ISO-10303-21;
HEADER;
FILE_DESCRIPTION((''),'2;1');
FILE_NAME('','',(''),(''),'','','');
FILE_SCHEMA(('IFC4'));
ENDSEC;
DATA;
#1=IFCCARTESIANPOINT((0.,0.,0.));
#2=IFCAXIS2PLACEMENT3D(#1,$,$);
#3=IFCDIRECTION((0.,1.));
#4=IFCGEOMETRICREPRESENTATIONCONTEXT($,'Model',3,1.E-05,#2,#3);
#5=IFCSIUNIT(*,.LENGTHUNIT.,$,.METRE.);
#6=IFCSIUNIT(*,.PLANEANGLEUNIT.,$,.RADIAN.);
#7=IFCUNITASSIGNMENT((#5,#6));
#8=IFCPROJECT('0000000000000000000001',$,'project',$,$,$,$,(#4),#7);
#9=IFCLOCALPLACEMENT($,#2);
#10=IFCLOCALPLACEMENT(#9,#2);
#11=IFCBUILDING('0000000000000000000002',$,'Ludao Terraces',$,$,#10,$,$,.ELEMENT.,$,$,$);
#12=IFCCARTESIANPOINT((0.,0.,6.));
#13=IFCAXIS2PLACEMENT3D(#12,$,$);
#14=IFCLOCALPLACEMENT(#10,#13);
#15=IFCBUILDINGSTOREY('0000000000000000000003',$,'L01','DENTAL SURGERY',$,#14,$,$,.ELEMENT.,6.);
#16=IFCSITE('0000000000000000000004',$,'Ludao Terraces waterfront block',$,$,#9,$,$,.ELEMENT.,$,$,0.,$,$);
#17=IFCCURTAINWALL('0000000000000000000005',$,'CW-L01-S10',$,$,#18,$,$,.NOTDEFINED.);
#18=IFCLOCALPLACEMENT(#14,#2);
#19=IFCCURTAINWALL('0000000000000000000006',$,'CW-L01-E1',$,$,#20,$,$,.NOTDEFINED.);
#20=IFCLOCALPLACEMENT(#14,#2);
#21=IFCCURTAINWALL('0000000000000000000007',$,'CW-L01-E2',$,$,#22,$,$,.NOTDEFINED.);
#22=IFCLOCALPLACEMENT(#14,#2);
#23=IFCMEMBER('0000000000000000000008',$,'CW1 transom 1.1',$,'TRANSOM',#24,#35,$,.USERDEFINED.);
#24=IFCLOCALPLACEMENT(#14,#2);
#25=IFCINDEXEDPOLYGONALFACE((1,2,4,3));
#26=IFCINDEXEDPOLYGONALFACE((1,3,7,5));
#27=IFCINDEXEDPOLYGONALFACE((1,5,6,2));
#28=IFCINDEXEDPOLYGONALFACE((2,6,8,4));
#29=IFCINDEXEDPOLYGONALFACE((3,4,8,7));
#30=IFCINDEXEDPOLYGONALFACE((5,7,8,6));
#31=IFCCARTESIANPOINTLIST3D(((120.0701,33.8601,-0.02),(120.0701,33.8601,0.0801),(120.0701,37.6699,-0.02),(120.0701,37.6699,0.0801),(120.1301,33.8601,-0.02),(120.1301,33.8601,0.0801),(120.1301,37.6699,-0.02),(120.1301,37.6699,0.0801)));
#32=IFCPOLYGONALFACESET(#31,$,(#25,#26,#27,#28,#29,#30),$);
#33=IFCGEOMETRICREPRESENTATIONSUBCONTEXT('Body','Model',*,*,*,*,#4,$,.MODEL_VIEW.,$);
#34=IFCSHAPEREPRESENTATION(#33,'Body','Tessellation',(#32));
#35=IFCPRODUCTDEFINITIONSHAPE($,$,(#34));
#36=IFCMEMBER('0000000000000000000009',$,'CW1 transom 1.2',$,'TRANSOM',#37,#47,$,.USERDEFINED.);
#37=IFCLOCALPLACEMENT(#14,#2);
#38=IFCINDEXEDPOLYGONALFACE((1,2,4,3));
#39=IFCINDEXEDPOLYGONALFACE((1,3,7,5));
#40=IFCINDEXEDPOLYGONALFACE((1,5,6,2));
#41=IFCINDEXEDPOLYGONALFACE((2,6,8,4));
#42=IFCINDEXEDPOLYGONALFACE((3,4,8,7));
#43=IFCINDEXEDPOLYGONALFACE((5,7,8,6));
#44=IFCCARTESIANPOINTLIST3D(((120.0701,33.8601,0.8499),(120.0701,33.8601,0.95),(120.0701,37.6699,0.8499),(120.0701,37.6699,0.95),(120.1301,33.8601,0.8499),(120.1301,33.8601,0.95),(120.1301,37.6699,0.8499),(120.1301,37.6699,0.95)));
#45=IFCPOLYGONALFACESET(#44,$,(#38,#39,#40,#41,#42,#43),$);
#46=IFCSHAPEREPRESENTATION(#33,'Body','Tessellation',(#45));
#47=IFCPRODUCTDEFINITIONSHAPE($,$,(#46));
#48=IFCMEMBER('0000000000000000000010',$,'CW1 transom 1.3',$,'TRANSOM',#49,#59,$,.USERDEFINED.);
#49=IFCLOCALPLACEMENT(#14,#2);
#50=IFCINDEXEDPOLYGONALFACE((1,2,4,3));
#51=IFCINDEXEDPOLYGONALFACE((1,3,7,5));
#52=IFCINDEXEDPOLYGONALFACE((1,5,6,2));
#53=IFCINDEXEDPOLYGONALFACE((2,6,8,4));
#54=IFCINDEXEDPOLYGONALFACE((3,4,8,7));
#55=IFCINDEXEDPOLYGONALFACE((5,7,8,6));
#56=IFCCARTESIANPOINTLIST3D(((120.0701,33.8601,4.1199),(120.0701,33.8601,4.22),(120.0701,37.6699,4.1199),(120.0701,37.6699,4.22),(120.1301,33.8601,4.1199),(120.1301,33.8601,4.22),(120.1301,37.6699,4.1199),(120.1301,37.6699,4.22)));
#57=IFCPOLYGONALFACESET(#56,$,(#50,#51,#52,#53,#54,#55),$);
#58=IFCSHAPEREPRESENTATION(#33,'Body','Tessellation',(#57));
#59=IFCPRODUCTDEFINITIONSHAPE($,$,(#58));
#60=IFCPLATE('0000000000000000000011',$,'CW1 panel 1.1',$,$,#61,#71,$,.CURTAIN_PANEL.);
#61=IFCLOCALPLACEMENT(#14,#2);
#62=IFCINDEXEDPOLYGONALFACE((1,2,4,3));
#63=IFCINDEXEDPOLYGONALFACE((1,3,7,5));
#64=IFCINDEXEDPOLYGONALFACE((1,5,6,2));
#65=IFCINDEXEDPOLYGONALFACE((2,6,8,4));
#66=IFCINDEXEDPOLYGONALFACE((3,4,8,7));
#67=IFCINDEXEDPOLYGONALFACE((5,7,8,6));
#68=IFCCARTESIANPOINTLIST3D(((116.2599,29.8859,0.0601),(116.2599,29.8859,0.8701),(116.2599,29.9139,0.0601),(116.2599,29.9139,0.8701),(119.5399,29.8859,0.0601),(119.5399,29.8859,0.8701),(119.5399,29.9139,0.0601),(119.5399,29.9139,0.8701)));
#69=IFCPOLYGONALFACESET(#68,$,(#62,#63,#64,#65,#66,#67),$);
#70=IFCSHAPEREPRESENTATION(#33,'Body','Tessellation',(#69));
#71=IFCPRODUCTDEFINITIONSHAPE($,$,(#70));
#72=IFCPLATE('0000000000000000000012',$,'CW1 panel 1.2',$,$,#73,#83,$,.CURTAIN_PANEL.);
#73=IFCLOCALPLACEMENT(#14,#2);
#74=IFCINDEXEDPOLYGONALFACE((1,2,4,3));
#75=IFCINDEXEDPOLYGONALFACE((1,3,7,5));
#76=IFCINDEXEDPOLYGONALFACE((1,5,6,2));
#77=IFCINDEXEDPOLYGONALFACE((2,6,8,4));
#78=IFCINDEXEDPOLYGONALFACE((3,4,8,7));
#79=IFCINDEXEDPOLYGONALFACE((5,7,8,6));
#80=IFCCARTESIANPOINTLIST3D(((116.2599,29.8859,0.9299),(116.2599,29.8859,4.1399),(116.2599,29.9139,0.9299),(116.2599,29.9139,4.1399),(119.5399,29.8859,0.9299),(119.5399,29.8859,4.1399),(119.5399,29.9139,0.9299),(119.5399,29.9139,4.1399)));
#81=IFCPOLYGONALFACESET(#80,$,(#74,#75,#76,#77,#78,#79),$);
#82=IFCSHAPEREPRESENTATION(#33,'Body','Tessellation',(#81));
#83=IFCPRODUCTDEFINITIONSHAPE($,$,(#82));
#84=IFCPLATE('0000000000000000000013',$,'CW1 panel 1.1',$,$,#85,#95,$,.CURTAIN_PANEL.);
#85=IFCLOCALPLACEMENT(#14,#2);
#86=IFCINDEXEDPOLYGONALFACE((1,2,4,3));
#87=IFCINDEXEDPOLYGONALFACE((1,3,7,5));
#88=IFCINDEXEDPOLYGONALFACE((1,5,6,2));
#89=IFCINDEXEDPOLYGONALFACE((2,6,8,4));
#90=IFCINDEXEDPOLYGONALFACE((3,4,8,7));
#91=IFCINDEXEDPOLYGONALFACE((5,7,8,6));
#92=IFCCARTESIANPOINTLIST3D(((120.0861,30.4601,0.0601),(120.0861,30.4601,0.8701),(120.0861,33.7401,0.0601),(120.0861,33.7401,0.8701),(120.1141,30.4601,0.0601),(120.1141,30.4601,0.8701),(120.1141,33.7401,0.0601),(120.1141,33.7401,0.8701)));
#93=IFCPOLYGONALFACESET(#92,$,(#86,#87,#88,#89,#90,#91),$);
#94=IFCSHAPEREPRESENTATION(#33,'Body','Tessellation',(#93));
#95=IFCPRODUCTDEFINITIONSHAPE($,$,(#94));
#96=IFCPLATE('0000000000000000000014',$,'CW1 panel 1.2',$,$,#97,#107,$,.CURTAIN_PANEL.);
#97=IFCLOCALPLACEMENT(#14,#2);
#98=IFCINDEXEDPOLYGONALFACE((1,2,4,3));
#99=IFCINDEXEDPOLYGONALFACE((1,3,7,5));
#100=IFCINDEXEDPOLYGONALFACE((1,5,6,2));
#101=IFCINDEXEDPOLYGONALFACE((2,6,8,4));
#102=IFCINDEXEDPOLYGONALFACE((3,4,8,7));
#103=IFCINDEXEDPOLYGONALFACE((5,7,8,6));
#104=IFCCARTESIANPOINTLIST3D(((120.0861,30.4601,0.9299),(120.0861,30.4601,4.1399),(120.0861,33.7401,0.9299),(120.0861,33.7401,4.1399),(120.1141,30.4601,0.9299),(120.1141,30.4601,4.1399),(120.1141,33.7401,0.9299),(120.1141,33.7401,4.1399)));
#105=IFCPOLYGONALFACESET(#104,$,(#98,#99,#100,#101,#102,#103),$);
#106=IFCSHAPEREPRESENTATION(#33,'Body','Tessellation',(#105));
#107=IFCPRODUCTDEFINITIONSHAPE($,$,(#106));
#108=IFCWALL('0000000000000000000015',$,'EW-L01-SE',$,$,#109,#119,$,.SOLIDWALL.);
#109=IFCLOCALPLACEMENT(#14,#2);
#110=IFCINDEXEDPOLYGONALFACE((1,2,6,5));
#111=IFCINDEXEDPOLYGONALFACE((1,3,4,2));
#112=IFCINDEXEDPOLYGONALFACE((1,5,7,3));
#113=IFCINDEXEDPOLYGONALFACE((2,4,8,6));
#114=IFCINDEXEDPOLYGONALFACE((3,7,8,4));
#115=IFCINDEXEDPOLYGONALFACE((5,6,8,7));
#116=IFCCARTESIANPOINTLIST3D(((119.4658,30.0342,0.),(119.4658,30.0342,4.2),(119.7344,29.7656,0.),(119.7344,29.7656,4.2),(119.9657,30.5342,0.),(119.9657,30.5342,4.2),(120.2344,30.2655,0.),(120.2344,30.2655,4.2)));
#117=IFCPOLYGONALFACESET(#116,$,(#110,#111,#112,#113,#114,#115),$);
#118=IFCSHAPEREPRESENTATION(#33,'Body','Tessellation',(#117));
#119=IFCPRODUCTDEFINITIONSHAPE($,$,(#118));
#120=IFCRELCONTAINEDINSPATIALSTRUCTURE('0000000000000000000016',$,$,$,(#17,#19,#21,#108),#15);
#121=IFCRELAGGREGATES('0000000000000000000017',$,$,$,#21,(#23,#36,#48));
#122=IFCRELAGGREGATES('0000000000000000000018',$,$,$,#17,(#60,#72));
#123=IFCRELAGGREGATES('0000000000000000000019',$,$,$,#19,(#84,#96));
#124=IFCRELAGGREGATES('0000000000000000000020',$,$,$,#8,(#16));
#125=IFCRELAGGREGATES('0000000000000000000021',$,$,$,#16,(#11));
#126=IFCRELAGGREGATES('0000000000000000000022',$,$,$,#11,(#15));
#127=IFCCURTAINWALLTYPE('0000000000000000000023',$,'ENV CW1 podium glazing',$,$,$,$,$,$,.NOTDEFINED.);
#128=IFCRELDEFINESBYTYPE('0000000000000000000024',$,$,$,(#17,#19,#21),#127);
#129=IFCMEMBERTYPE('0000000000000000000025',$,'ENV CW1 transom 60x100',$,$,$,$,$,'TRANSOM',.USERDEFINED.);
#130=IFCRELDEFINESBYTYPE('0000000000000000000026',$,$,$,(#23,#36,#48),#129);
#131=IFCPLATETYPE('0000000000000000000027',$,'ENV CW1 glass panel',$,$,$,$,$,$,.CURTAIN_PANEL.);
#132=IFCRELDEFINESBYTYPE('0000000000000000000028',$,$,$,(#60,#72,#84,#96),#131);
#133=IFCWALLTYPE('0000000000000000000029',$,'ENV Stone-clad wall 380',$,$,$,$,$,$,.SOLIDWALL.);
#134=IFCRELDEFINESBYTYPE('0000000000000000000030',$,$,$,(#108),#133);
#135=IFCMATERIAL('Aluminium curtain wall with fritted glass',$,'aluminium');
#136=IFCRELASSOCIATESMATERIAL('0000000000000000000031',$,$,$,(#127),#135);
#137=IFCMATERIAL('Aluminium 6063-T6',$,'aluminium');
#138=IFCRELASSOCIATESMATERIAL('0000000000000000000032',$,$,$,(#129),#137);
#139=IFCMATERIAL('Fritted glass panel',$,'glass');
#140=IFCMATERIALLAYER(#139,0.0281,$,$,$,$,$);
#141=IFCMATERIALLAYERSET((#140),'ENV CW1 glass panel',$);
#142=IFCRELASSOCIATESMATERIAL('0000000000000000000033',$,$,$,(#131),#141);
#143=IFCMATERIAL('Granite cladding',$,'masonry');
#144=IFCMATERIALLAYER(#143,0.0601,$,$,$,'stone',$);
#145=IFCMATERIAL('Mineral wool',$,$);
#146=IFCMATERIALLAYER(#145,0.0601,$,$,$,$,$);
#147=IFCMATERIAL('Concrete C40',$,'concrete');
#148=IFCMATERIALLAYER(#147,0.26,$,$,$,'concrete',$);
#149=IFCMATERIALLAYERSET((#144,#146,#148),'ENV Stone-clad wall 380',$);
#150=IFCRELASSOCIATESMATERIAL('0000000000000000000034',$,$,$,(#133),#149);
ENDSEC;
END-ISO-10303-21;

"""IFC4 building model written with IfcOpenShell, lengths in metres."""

from ifc_helpers import new_model, si_unit, direction, frame, frame_2d, origin, origin_2d, place, context, subcontext, project, spatial, rectangle, extrude, material, layer, layer_set, material_profile, profile_set, type_object, element, aggregate, save


model = new_model("IFC4")

# Units and contexts
model_context = context("Model", 3, precision=1e-05, world=origin(), true_north=direction((0.0, 1.0)))
body_context = subcontext(model_context, "Body", "Model", "MODEL_VIEW")
ifc_project = project(units=[si_unit("LENGTHUNIT", "METRE"), si_unit("PLANEANGLEUNIT", "RADIAN")], contexts=[model_context])

# Site, building, storey
site_placement = place(None, origin())
site = spatial("IfcSite", under=ifc_project, at=site_placement, Name="Ludao Terraces waterfront block", CompositionType="ELEMENT", RefElevation=0.0)
building_placement = place(site_placement, origin())
building = spatial("IfcBuilding", under=site, at=building_placement, Name="Ludao Terraces", CompositionType="ELEMENT")
storey_placement = place(building_placement, frame((0.0, 0.0, 6.0)))
storey = spatial("IfcBuildingStorey", under=building, at=storey_placement, Name="L01", Description="DENTAL SURGERY", CompositionType="ELEMENT", Elevation=6.0)

# Curtain wall
ifc_material_1 = material(Name="Aluminium curtain wall with fritted glass", Category="aluminium")
curtain_wall_type = type_object("IfcCurtainWallType", Name="ENV CW1 podium glazing", PredefinedType="NOTDEFINED", material=ifc_material_1)
curtain_wall_1_placement = place(storey_placement, origin())
curtain_wall_1 = element("IfcCurtainWall", 1, at=curtain_wall_1_placement, inside=storey, type_object=curtain_wall_type, Name="CW-L01-S10", PredefinedType="NOTDEFINED")
ifc_material_2 = material(Name="Aluminium 6063-T6", Category="aluminium")

# Curtain wall
curtain_wall_2_placement = place(storey_placement, origin())
curtain_wall_2 = element("IfcCurtainWall", 2, at=curtain_wall_2_placement, inside=storey, type_object=curtain_wall_type, Name="CW-L01-E1", PredefinedType="NOTDEFINED")

# Curtain wall
curtain_wall_3_placement = place(storey_placement, origin())
curtain_wall_3 = element("IfcCurtainWall", 3, at=curtain_wall_3_placement, inside=storey, type_object=curtain_wall_type, Name="CW-L01-E2", PredefinedType="NOTDEFINED")

# Members
ifc_material_profile_1 = material_profile(ifc_material_2, rectangle(XDim=0.0601, YDim=0.1001, at=origin_2d()), Name="60 X 100")
ifc_profile_set_1 = profile_set([ifc_material_profile_1], Name="Aluminium 6063-T6")
member_type_1 = type_object("IfcMemberType", Name="ENV CW1 transom 60x100", ElementType="TRANSOM", PredefinedType="USERDEFINED", material=ifc_profile_set_1)
member_1_placement = place(storey_placement, frame((120.1001, 33.8601, 0.03), z_axis=(0.0, 1.0, 0.0), x_axis=(-1.0, 0.0, 0.0)))
member_1 = element("IfcMember", 4, at=member_1_placement, type_object=member_type_1, Name="CW1 transom 1.1", ObjectType="TRANSOM", PredefinedType="USERDEFINED", context=body_context, shape_type="SweptSolid", body=[
    extrude(rectangle(XDim=0.0601, YDim=0.1001, at=origin_2d()), origin(), (0.0, 0.0, 1.0), 3.8098),
])
member_2_placement = place(storey_placement, frame((120.1001, 33.8601, 0.8999), z_axis=(0.0, 1.0, 0.0), x_axis=(-1.0, 0.0, 0.0)))
member_2 = element("IfcMember", 5, at=member_2_placement, type_object=member_type_1, Name="CW1 transom 1.2", ObjectType="TRANSOM", PredefinedType="USERDEFINED", context=body_context, shape_type="SweptSolid", body=[
    extrude(rectangle(XDim=0.0601, YDim=0.1001, at=origin_2d()), origin(), (0.0, 0.0, 1.0), 3.8098),
])
member_3_placement = place(storey_placement, frame((120.1001, 33.8601, 4.1699), z_axis=(0.0, 1.0, 0.0), x_axis=(-1.0, 0.0, 0.0)))
member_3 = element("IfcMember", 6, at=member_3_placement, type_object=member_type_1, Name="CW1 transom 1.3", ObjectType="TRANSOM", PredefinedType="USERDEFINED", context=body_context, shape_type="SweptSolid", body=[
    extrude(rectangle(XDim=0.0601, YDim=0.1001, at=origin_2d()), origin(), (0.0, 0.0, 1.0), 3.8098),
])
aggregate(curtain_wall_3, [member_1, member_2, member_3])

# Plates
ifc_material_3 = material(Name="Fritted glass panel", Category="glass")
ifc_layer_1 = layer(ifc_material_3, 0.0281)
ifc_layer_set_1 = layer_set([ifc_layer_1], Name="ENV CW1 glass panel")
plate_type = type_object("IfcPlateType", Name="ENV CW1 glass panel", PredefinedType="CURTAIN_PANEL", material=ifc_layer_set_1)
plate_1_placement = place(storey_placement, frame((117.8999, 29.8999, 0.0601), z_axis=(0.0, 0.0, 1.0), x_axis=(1.0, 0.0, 0.0)))
plate_1 = element("IfcPlate", 7, at=plate_1_placement, type_object=plate_type, Name="CW1 panel 1.1", PredefinedType="CURTAIN_PANEL", context=body_context, shape_type="SweptSolid", body=[
    extrude(rectangle(XDim=3.28, YDim=0.0281, at=origin_2d()), origin(), (0.0, 0.0, 1.0), 0.8101),
])
plate_2_placement = place(storey_placement, frame((117.8999, 29.8999, 0.9299), z_axis=(0.0, 0.0, 1.0), x_axis=(1.0, 0.0, 0.0)))
plate_2 = element("IfcPlate", 8, at=plate_2_placement, type_object=plate_type, Name="CW1 panel 1.2", PredefinedType="CURTAIN_PANEL", context=body_context, shape_type="SweptSolid", body=[
    extrude(rectangle(XDim=3.28, YDim=0.0281, at=origin_2d()), origin(), (0.0, 0.0, 1.0), 3.21),
])
aggregate(curtain_wall_1, [plate_1, plate_2])
plate_3_placement = place(storey_placement, frame((120.1001, 32.1001, 0.0601), z_axis=(0.0, 0.0, 1.0), x_axis=(0.0, 1.0, 0.0)))
plate_3 = element("IfcPlate", 9, at=plate_3_placement, type_object=plate_type, Name="CW1 panel 1.1", PredefinedType="CURTAIN_PANEL", context=body_context, shape_type="SweptSolid", body=[
    extrude(rectangle(XDim=3.28, YDim=0.0281, at=origin_2d()), origin(), (0.0, 0.0, 1.0), 0.8101),
])
plate_4_placement = place(storey_placement, frame((120.1001, 32.1001, 0.9299), z_axis=(0.0, 0.0, 1.0), x_axis=(0.0, 1.0, 0.0)))
plate_4 = element("IfcPlate", 10, at=plate_4_placement, type_object=plate_type, Name="CW1 panel 1.2", PredefinedType="CURTAIN_PANEL", context=body_context, shape_type="SweptSolid", body=[
    extrude(rectangle(XDim=3.28, YDim=0.0281, at=origin_2d()), origin(), (0.0, 0.0, 1.0), 3.21),
])
aggregate(curtain_wall_2, [plate_3, plate_4])

# Wall
ifc_material_4 = material(Name="Granite cladding", Category="masonry")
ifc_layer_2 = layer(ifc_material_4, 0.0601, Category="stone")
ifc_material_5 = material(Name="Mineral wool")
ifc_layer_3 = layer(ifc_material_5, 0.0601)
ifc_material_6 = material(Name="Concrete C40", Category="concrete")
ifc_layer_4 = layer(ifc_material_6, 0.26, Category="concrete")
ifc_layer_set_2 = layer_set([ifc_layer_2, ifc_layer_3, ifc_layer_4], Name="ENV Stone-clad wall 380")
wall_type = type_object("IfcWallType", Name="ENV Stone-clad wall 380", PredefinedType="SOLIDWALL", material=ifc_layer_set_2)
wall_placement = place(storey_placement, frame((119.6001, 29.8999, 0.0), z_axis=(0.0, 0.0, 1.0), x_axis=(0.707107, 0.707107, 0.0)))
element("IfcWall", 11, at=wall_placement, inside=storey, type_object=wall_type, Name="EW-L01-SE", PredefinedType="SOLIDWALL", context=body_context, shape_type="SweptSolid", body=[
    extrude(rectangle(XDim=0.707, YDim=0.3799, at=frame_2d((0.3535, 0.0))), origin(), (0.0, 0.0, 1.0), 4.2),
])

save(model, "model.ifc")
